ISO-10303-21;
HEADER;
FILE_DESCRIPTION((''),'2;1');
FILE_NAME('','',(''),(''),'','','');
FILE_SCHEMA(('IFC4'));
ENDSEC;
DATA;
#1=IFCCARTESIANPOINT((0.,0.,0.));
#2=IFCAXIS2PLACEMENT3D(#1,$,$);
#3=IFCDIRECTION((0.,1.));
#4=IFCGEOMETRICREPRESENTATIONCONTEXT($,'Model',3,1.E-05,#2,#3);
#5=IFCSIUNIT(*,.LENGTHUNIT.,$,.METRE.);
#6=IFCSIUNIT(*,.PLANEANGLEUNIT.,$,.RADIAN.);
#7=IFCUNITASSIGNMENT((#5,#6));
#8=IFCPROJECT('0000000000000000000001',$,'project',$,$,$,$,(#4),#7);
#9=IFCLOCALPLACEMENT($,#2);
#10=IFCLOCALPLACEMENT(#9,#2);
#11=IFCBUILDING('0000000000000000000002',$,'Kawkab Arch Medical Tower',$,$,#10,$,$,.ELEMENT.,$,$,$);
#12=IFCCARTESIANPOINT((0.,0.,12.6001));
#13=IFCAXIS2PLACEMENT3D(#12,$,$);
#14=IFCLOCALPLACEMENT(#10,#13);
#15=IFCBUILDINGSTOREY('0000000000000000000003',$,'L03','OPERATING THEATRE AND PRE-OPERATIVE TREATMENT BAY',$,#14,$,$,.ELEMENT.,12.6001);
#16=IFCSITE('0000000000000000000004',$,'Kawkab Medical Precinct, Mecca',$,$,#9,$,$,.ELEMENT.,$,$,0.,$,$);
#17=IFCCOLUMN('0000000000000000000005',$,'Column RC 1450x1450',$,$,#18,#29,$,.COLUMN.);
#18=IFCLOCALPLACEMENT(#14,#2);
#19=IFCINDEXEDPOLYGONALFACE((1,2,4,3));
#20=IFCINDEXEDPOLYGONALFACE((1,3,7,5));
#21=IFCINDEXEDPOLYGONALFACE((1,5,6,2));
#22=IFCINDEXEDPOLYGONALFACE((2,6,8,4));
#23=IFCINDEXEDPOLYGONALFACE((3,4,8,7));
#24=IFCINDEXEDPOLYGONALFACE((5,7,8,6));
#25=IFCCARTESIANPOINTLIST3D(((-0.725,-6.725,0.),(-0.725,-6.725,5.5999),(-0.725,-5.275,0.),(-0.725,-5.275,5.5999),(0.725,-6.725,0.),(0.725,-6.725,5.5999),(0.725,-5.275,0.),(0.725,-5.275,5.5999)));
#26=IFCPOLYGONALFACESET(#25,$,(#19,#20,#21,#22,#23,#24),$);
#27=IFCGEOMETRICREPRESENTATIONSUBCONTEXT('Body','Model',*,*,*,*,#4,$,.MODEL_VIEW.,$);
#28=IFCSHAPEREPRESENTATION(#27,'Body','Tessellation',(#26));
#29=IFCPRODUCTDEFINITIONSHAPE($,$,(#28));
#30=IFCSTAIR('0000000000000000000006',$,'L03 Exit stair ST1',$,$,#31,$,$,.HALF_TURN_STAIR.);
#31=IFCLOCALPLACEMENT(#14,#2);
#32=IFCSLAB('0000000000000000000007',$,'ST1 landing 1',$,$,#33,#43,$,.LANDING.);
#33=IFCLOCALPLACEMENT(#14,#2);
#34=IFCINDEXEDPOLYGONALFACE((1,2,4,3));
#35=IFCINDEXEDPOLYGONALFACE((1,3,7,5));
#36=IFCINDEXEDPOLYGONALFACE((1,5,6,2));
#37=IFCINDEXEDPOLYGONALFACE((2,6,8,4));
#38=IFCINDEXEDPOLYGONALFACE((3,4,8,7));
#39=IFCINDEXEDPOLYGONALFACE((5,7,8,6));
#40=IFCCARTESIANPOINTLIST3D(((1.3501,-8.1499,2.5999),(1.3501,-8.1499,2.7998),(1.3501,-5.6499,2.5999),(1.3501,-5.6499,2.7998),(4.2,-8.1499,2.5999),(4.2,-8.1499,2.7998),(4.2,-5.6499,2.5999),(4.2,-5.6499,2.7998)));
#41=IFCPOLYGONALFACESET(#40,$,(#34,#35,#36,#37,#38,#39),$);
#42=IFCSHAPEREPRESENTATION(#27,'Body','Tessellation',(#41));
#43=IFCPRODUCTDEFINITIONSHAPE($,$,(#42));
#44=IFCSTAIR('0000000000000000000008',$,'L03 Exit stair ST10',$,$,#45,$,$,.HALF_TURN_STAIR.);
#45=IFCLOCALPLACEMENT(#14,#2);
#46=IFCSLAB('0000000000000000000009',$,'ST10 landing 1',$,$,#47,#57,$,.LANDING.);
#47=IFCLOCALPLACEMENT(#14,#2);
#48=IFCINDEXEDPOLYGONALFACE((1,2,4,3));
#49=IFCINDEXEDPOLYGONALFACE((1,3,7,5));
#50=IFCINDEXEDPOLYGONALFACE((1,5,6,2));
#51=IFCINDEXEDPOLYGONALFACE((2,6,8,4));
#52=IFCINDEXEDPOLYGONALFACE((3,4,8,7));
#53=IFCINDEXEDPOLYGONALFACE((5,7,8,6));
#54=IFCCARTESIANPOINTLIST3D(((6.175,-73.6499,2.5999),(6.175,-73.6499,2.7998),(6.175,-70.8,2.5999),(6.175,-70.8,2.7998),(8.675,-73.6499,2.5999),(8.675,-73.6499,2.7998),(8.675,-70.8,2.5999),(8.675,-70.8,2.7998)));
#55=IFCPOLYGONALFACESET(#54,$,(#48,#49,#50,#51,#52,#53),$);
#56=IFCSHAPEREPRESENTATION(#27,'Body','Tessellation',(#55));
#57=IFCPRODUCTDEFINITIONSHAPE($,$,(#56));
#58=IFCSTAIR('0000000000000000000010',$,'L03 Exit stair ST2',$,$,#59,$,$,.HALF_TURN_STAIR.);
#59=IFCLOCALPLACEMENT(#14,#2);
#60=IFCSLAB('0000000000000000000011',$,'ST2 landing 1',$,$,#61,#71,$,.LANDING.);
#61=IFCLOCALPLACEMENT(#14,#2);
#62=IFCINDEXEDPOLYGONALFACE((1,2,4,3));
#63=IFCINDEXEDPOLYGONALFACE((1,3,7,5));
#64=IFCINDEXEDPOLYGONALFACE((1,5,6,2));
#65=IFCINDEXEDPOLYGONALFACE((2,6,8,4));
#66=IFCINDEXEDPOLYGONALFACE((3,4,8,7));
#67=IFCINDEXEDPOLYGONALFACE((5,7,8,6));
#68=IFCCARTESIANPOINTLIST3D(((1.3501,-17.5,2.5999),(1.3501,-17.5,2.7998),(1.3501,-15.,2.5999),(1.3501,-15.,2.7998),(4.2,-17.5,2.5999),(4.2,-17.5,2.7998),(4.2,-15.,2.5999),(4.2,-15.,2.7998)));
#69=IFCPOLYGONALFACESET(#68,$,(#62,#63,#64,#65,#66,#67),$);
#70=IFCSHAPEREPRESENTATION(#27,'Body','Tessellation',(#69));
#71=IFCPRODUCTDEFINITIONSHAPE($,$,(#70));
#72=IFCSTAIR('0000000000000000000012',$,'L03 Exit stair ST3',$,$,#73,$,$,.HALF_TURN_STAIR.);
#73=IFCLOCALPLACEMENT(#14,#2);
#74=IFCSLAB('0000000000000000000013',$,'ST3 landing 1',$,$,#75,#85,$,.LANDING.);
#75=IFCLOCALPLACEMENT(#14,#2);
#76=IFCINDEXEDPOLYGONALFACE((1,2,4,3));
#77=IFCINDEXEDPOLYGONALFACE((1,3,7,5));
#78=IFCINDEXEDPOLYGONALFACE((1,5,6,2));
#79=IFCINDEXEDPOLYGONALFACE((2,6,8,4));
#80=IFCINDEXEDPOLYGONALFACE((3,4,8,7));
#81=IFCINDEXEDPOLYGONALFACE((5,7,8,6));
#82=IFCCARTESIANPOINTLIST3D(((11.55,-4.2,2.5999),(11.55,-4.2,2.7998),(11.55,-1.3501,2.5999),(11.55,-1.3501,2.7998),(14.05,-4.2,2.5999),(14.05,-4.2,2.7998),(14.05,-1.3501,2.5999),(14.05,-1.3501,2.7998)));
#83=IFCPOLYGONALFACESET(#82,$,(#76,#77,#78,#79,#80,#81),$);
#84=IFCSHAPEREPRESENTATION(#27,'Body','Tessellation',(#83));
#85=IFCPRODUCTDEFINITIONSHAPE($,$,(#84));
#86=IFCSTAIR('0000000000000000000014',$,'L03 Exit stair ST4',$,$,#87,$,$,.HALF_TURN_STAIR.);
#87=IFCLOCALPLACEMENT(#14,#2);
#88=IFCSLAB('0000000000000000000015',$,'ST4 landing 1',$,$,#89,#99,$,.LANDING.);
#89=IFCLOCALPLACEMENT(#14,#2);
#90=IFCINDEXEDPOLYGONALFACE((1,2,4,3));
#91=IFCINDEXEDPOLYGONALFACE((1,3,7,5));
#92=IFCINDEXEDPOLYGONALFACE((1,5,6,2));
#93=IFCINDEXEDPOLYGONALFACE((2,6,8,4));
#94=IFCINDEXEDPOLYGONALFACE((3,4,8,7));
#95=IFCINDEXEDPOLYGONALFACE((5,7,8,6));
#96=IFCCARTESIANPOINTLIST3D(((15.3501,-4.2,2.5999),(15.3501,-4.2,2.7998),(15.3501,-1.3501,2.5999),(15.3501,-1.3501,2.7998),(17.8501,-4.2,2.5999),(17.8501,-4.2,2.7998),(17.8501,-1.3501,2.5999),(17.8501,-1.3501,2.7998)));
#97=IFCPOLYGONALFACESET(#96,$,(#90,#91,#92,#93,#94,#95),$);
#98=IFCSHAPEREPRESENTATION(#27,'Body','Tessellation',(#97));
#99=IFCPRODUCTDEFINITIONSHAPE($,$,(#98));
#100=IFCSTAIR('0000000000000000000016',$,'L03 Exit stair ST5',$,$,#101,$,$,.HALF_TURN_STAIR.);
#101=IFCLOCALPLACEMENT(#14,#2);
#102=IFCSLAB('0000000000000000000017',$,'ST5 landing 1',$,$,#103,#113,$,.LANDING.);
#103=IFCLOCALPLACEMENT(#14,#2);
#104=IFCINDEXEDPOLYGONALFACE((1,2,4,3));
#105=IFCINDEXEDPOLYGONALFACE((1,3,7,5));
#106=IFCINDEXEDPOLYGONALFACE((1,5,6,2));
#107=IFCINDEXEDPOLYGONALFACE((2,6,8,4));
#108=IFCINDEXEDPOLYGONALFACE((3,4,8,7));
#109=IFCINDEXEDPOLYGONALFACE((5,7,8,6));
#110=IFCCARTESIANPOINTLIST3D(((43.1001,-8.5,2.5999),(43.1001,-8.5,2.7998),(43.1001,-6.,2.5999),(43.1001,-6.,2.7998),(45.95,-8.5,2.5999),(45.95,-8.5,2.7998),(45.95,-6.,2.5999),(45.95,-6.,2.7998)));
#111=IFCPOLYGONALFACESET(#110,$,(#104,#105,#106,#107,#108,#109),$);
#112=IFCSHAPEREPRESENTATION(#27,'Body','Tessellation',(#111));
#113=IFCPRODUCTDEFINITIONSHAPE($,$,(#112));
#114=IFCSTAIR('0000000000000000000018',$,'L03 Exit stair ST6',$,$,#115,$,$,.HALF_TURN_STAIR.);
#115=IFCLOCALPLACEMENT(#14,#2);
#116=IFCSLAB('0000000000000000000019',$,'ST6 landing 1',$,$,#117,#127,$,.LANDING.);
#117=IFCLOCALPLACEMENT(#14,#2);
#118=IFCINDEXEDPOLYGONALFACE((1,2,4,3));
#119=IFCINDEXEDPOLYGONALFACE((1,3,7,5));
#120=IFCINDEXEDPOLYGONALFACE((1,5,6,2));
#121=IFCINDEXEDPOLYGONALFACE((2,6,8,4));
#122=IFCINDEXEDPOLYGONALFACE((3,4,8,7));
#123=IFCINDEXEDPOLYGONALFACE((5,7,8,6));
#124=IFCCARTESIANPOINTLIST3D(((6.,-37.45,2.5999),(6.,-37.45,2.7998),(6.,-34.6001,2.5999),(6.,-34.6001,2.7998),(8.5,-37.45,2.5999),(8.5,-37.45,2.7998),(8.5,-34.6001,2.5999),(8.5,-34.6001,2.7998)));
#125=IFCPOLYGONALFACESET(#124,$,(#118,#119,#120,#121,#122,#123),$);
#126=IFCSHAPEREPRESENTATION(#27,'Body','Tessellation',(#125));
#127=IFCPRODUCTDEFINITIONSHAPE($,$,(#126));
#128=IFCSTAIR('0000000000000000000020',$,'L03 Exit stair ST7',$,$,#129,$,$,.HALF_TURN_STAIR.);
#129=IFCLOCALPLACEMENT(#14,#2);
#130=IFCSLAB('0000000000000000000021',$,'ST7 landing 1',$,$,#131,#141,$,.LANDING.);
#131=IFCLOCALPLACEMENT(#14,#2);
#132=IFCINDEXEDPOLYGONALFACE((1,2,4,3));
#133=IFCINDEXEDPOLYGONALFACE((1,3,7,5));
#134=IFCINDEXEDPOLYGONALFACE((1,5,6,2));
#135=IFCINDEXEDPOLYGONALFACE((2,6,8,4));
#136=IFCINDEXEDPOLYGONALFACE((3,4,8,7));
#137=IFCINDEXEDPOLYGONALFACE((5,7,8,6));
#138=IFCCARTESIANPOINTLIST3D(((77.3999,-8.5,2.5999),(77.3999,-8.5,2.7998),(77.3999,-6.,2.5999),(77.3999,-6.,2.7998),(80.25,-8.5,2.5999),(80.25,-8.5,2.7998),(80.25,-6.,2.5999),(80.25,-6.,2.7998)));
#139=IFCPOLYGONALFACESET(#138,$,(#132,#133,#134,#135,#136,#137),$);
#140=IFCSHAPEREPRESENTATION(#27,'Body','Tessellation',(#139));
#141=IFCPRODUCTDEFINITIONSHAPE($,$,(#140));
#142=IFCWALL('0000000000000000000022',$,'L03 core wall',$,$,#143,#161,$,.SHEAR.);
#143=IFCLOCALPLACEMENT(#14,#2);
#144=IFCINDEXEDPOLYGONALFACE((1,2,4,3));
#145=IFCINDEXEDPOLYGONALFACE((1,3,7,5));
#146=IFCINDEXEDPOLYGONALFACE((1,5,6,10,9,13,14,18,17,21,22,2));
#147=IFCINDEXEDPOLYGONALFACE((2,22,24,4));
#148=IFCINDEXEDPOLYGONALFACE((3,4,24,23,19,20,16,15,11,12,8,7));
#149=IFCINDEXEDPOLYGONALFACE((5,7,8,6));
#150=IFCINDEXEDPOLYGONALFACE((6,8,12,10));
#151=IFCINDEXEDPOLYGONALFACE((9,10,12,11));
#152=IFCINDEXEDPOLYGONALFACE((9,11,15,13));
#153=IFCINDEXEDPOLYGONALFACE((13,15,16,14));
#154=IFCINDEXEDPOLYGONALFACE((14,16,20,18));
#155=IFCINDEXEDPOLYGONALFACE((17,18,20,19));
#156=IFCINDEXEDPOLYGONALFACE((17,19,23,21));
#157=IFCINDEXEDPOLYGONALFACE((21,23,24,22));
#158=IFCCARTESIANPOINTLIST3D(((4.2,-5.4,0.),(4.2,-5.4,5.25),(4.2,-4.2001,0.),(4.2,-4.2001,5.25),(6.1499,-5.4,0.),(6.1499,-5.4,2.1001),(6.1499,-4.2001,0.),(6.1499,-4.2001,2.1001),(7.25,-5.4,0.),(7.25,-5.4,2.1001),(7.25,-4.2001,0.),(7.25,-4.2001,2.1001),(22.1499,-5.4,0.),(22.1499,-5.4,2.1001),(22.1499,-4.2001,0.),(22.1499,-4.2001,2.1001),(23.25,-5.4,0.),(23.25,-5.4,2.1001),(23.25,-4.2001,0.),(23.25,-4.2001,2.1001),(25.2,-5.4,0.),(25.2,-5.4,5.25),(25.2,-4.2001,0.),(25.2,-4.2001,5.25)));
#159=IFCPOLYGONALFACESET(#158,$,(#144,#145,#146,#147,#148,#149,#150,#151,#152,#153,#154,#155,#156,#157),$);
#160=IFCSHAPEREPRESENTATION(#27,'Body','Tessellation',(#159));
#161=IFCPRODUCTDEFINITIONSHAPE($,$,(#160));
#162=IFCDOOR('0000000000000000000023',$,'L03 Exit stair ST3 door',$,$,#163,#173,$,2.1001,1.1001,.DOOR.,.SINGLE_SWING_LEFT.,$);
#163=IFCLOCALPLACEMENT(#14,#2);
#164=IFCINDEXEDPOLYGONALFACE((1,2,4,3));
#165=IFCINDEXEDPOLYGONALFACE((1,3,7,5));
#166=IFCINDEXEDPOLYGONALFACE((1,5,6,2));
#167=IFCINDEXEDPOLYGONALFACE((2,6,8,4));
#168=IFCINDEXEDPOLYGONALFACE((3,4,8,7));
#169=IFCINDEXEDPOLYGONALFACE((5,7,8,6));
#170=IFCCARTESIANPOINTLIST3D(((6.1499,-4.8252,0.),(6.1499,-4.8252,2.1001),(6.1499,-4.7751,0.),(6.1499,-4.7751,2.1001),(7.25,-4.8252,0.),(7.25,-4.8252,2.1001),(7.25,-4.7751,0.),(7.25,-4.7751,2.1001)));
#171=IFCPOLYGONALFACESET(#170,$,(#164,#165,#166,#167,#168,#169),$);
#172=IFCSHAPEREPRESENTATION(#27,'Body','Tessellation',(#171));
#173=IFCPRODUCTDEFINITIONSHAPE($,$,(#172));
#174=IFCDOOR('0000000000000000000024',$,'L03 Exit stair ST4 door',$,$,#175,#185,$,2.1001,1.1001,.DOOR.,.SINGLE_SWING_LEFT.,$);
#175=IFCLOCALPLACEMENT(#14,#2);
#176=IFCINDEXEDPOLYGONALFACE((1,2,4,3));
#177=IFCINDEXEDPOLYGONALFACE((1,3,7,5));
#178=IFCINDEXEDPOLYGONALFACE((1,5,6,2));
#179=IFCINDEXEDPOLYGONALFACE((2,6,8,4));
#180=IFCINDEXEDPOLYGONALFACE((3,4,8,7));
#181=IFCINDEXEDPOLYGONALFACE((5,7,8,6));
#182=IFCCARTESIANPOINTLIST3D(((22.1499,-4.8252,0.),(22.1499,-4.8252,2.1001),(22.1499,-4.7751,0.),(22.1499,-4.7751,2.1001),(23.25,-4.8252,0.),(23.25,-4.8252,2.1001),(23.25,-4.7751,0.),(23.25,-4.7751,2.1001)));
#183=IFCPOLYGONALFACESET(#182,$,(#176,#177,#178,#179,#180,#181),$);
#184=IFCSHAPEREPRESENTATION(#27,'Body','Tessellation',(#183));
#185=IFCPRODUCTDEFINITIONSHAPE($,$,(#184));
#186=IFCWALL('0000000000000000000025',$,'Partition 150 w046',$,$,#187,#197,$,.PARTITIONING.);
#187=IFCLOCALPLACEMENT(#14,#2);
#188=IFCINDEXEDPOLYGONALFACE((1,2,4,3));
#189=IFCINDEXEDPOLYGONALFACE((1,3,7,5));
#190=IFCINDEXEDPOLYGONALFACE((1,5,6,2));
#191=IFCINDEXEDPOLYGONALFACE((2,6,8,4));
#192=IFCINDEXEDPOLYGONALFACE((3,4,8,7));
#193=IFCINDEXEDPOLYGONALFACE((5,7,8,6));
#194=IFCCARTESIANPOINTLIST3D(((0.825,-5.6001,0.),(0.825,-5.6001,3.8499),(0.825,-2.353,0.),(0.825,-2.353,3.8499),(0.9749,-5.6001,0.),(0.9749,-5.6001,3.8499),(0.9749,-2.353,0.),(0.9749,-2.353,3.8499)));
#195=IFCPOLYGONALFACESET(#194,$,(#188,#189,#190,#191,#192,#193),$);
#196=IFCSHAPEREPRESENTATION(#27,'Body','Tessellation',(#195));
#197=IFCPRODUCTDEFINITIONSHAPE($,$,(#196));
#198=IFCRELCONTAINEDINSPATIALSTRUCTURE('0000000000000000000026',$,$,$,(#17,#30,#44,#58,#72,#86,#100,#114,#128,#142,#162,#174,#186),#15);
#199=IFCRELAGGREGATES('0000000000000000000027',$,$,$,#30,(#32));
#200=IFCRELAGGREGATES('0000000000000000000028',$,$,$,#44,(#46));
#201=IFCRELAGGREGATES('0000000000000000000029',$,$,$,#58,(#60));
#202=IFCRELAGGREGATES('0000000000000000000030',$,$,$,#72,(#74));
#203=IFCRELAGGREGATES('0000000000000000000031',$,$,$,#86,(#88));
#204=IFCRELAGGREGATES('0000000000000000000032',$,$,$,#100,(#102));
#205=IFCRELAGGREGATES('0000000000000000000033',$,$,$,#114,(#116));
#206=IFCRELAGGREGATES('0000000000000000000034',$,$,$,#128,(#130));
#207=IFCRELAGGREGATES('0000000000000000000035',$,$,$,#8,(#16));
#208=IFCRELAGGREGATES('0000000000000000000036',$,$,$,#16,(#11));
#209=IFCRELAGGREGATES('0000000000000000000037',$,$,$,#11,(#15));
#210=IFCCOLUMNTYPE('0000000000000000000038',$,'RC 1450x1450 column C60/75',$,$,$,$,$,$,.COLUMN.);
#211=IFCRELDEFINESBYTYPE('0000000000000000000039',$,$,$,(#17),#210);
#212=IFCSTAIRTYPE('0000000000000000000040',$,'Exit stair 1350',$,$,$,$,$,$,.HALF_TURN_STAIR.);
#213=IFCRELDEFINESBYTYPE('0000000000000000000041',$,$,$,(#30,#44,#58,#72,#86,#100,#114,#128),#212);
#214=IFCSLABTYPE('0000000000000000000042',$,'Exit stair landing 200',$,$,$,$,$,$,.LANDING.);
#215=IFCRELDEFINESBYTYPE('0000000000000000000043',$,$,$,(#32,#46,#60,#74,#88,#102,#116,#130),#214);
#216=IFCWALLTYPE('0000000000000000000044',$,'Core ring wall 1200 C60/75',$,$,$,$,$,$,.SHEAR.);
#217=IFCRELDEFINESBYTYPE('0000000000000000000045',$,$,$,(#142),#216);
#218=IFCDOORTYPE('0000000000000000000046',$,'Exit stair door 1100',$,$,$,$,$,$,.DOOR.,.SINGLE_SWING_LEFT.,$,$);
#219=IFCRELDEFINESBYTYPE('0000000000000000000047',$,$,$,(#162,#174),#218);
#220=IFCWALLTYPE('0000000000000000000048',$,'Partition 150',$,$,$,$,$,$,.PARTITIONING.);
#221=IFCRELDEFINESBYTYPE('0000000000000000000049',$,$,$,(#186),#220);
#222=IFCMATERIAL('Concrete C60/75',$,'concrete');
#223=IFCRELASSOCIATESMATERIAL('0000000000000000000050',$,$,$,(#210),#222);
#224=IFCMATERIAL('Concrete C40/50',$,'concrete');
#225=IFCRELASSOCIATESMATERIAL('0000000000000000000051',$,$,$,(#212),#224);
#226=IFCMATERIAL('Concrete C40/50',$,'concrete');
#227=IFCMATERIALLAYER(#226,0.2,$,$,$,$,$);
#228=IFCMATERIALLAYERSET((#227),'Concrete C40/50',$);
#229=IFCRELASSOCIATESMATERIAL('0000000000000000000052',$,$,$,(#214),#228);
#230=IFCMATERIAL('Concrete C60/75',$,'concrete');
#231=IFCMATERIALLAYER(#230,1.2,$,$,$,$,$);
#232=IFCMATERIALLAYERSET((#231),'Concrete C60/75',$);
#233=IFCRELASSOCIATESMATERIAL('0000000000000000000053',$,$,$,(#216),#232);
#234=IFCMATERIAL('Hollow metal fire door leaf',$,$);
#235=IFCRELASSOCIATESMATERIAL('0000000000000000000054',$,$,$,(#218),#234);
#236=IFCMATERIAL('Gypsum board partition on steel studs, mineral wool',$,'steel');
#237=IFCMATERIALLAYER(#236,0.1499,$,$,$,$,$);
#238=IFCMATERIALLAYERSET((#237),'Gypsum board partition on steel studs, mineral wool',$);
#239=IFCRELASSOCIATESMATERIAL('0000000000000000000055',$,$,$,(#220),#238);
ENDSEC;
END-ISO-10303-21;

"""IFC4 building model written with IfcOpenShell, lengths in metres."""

from ifc_helpers import new_model, si_unit, direction, frame, frame_2d, origin, origin_2d, place, context, subcontext, project, spatial, polyline, rectangle, outline, extrude, material, layer, layer_set, material_profile, profile_set, type_object, element, fill, aggregate, save


model = new_model("IFC4")

# Units and contexts
model_context = context("Model", 3, precision=1e-05, world=origin(), true_north=direction((0.0, 1.0)))
body_context = subcontext(model_context, "Body", "Model", "MODEL_VIEW")
ifc_project = project(units=[si_unit("LENGTHUNIT", "METRE"), si_unit("PLANEANGLEUNIT", "RADIAN")], contexts=[model_context])

# Site, building, storey
site_placement = place(None, origin())
site = spatial("IfcSite", under=ifc_project, at=site_placement, Name="Kawkab Medical Precinct, Mecca", CompositionType="ELEMENT", RefElevation=0.0)
building_placement = place(site_placement, origin())
building = spatial("IfcBuilding", under=site, at=building_placement, Name="Kawkab Arch Medical Tower", CompositionType="ELEMENT")
storey_placement = place(building_placement, frame((0.0, 0.0, 12.6001)))
storey = spatial("IfcBuildingStorey", under=building, at=storey_placement, Name="L03", Description="OPERATING THEATRE AND PRE-OPERATIVE TREATMENT BAY", CompositionType="ELEMENT", Elevation=12.6001)

# Column
ifc_material_1 = material(Name="Concrete C60/75", Category="concrete")
ifc_material_profile = material_profile(ifc_material_1, rectangle(XDim=1.45, YDim=1.45, at=origin_2d()), Name="RC 1450x1450")
ifc_profile_set = profile_set([ifc_material_profile], Name="Concrete C60/75")
column_type = type_object("IfcColumnType", Name="RC 1450x1450 column C60/75", PredefinedType="COLUMN", material=ifc_profile_set)
column_placement = place(storey_placement, frame((0.0, -6.0, 0.0), z_axis=(0.0, 0.0, 1.0), x_axis=(1.0, 0.0, 0.0)))
element("IfcColumn", 1, at=column_placement, inside=storey, type_object=column_type, Name="Column RC 1450x1450", PredefinedType="COLUMN", context=body_context, shape_type="SweptSolid", body=[
    extrude(rectangle(XDim=1.45, YDim=1.45, at=origin_2d()), origin(), (0.0, 0.0, 1.0), 5.5999),
])

# Stairs, slabs
ifc_material_2 = material(Name="Concrete C40/50", Category="concrete")
stair_type = type_object("IfcStairType", Name="Exit stair 1350", PredefinedType="HALF_TURN_STAIR", material=ifc_material_2)
placement_1 = place(storey_placement, origin())
stair_1 = element("IfcStair", 2, at=placement_1, inside=storey, type_object=stair_type, Name="L03 Exit stair ST1", PredefinedType="HALF_TURN_STAIR")
ifc_material_3 = material(Name="Concrete C40/50", Category="concrete")
ifc_layer_1 = layer(ifc_material_3, 0.2)
ifc_layer_set_1 = layer_set([ifc_layer_1], Name="Concrete C40/50")
slab_type = type_object("IfcSlabType", Name="Exit stair landing 200", PredefinedType="LANDING", material=ifc_layer_set_1)
placement_2 = place(storey_placement, frame((0.0, 0.0, 2.5999)))
slab_1 = element("IfcSlab", 3, at=placement_2, type_object=slab_type, Name="ST1 landing 1", PredefinedType="LANDING", context=body_context, shape_type="SweptSolid", body=[
    extrude(outline(polyline([(4.2, -8.1499), (4.2, -5.6499), (1.3501, -5.6499), (1.3501, -8.1499), (4.2, -8.1499)])), origin(), (0.0, 0.0, 1.0), 0.2),
])
aggregate(stair_1, [slab_1])
stair_2 = element("IfcStair", 4, at=placement_1, inside=storey, type_object=stair_type, Name="L03 Exit stair ST10", PredefinedType="HALF_TURN_STAIR")
slab_2 = element("IfcSlab", 5, at=placement_2, type_object=slab_type, Name="ST10 landing 1", PredefinedType="LANDING", context=body_context, shape_type="SweptSolid", body=[
    extrude(outline(polyline([(6.175, -73.6499), (8.675, -73.6499), (8.675, -70.8), (6.175, -70.8), (6.175, -73.6499)])), origin(), (0.0, 0.0, 1.0), 0.2),
])
aggregate(stair_2, [slab_2])
stair_3 = element("IfcStair", 6, at=placement_1, inside=storey, type_object=stair_type, Name="L03 Exit stair ST2", PredefinedType="HALF_TURN_STAIR")
slab_3 = element("IfcSlab", 7, at=placement_2, type_object=slab_type, Name="ST2 landing 1", PredefinedType="LANDING", context=body_context, shape_type="SweptSolid", body=[
    extrude(outline(polyline([(4.2, -17.5), (4.2, -15.0), (1.3501, -15.0), (1.3501, -17.5), (4.2, -17.5)])), origin(), (0.0, 0.0, 1.0), 0.2),
])
aggregate(stair_3, [slab_3])
stair_4 = element("IfcStair", 8, at=placement_1, inside=storey, type_object=stair_type, Name="L03 Exit stair ST3", PredefinedType="HALF_TURN_STAIR")
slab_4 = element("IfcSlab", 9, at=placement_2, type_object=slab_type, Name="ST3 landing 1", PredefinedType="LANDING", context=body_context, shape_type="SweptSolid", body=[
    extrude(outline(polyline([(11.55, -4.2), (14.05, -4.2), (14.05, -1.3501), (11.55, -1.3501), (11.55, -4.2)])), origin(), (0.0, 0.0, 1.0), 0.2),
])
aggregate(stair_4, [slab_4])
stair_5 = element("IfcStair", 10, at=placement_1, inside=storey, type_object=stair_type, Name="L03 Exit stair ST4", PredefinedType="HALF_TURN_STAIR")
slab_5 = element("IfcSlab", 11, at=placement_2, type_object=slab_type, Name="ST4 landing 1", PredefinedType="LANDING", context=body_context, shape_type="SweptSolid", body=[
    extrude(outline(polyline([(17.8501, -1.3501), (15.3501, -1.3501), (15.3501, -4.2), (17.8501, -4.2), (17.8501, -1.3501)])), origin(), (0.0, 0.0, 1.0), 0.2),
])
aggregate(stair_5, [slab_5])
stair_6 = element("IfcStair", 12, at=placement_1, inside=storey, type_object=stair_type, Name="L03 Exit stair ST5", PredefinedType="HALF_TURN_STAIR")
slab_6 = element("IfcSlab", 13, at=placement_2, type_object=slab_type, Name="ST5 landing 1", PredefinedType="LANDING", context=body_context, shape_type="SweptSolid", body=[
    extrude(outline(polyline([(43.1001, -6.0), (43.1001, -8.5), (45.95, -8.5), (45.95, -6.0), (43.1001, -6.0)])), origin(), (0.0, 0.0, 1.0), 0.2),
])
aggregate(stair_6, [slab_6])
stair_7 = element("IfcStair", 14, at=placement_1, inside=storey, type_object=stair_type, Name="L03 Exit stair ST6", PredefinedType="HALF_TURN_STAIR")
slab_7 = element("IfcSlab", 15, at=placement_2, type_object=slab_type, Name="ST6 landing 1", PredefinedType="LANDING", context=body_context, shape_type="SweptSolid", body=[
    extrude(outline(polyline([(6.0, -37.45), (8.5, -37.45), (8.5, -34.6001), (6.0, -34.6001), (6.0, -37.45)])), origin(), (0.0, 0.0, 1.0), 0.2),
])
aggregate(stair_7, [slab_7])
stair_8 = element("IfcStair", 16, at=placement_1, inside=storey, type_object=stair_type, Name="L03 Exit stair ST7", PredefinedType="HALF_TURN_STAIR")
slab_8 = element("IfcSlab", 17, at=placement_2, type_object=slab_type, Name="ST7 landing 1", PredefinedType="LANDING", context=body_context, shape_type="SweptSolid", body=[
    extrude(outline(polyline([(77.3999, -6.0), (77.3999, -8.5), (80.25, -8.5), (80.25, -6.0), (77.3999, -6.0)])), origin(), (0.0, 0.0, 1.0), 0.2),
])
aggregate(stair_8, [slab_8])

# Wall, openings, doors
ifc_material_4 = material(Name="Concrete C60/75", Category="concrete")
ifc_layer_2 = layer(ifc_material_4, 1.2)
ifc_layer_set_2 = layer_set([ifc_layer_2], Name="Concrete C60/75")
wall_type_1 = type_object("IfcWallType", Name="Core ring wall 1200 C60/75", PredefinedType="SHEAR", material=ifc_layer_set_2)
wall_1_placement = place(storey_placement, frame((4.2, -4.8, 0.0), z_axis=(0.0, 0.0, 1.0), x_axis=(1.0, 0.0, 0.0)))
wall_1 = element("IfcWall", 18, at=wall_1_placement, inside=storey, type_object=wall_type_1, Name="L03 core wall", PredefinedType="SHEAR", context=body_context, shape_type="SweptSolid", body=[
    extrude(rectangle(XDim=21.0, YDim=1.2, at=frame_2d((10.5, 0.0))), origin(), (0.0, 0.0, 1.0), 5.25),
])
opening_1_placement = place(wall_1_placement, frame((1.95, 0.0, 0.0)))
opening_1 = element("IfcOpeningElement", 19, at=opening_1_placement, cuts=wall_1, PredefinedType="OPENING", context=body_context, shape_type="SweptSolid", body=[
    extrude(rectangle(XDim=1.1001, YDim=2.1001, at=frame_2d((0.55, 1.05))), frame((0.0, 0.6099, 0.0), z_axis=(0.0, -1.0, 0.0), x_axis=(1.0, 0.0, 0.0)), (0.0, 0.0, 1.0), 1.22),
])
opening_2_placement = place(wall_1_placement, frame((17.95, 0.0, 0.0)))
opening_2 = element("IfcOpeningElement", 20, at=opening_2_placement, cuts=wall_1, PredefinedType="OPENING", context=body_context, shape_type="SweptSolid", body=[
    extrude(rectangle(XDim=1.1001, YDim=2.1001, at=frame_2d((0.55, 1.05))), frame((0.0, 0.6099, 0.0), z_axis=(0.0, -1.0, 0.0), x_axis=(1.0, 0.0, 0.0)), (0.0, 0.0, 1.0), 1.22),
])
ifc_material_5 = material(Name="Hollow metal fire door leaf")
door_type = type_object("IfcDoorType", Name="Exit stair door 1100", OperationType="SINGLE_SWING_LEFT", PredefinedType="DOOR", material=ifc_material_5)
door_1_placement = place(opening_1_placement, origin())
door_1 = element("IfcDoor", 21, at=door_1_placement, inside=storey, type_object=door_type, Name="L03 Exit stair ST3 door", OperationType="SINGLE_SWING_LEFT", OverallHeight=2.1001, OverallWidth=1.1001, PredefinedType="DOOR", context=body_context, shape_type="SweptSolid", body=[
    extrude(rectangle(XDim=1.1001, YDim=2.1001, at=frame_2d((0.55, 1.05))), frame((0.0, 0.0249, 0.0), z_axis=(0.0, -1.0, 0.0), x_axis=(1.0, 0.0, 0.0)), (0.0, 0.0, 1.0), 0.05),
])
fill(opening_1, door_1)
door_2_placement = place(opening_2_placement, origin())
door_2 = element("IfcDoor", 22, at=door_2_placement, inside=storey, type_object=door_type, Name="L03 Exit stair ST4 door", OperationType="SINGLE_SWING_LEFT", OverallHeight=2.1001, OverallWidth=1.1001, PredefinedType="DOOR", context=body_context, shape_type="SweptSolid", body=[
    extrude(rectangle(XDim=1.1001, YDim=2.1001, at=frame_2d((0.55, 1.05))), frame((0.0, 0.0249, 0.0), z_axis=(0.0, -1.0, 0.0), x_axis=(1.0, 0.0, 0.0)), (0.0, 0.0, 1.0), 0.05),
])
fill(opening_2, door_2)

# Wall
ifc_material_6 = material(Name="Gypsum board partition on steel studs, mineral wool", Category="steel")
ifc_layer_3 = layer(ifc_material_6, 0.1499)
ifc_layer_set_3 = layer_set([ifc_layer_3], Name="Gypsum board partition on steel studs, mineral wool")
wall_type_2 = type_object("IfcWallType", Name="Partition 150", PredefinedType="PARTITIONING", material=ifc_layer_set_3)
wall_2_placement = place(storey_placement, frame((0.8999, -5.6001, 0.0), z_axis=(0.0, 0.0, 1.0), x_axis=(0.0, 1.0, 0.0)))
element("IfcWall", 23, at=wall_2_placement, inside=storey, type_object=wall_type_2, Name="Partition 150 w046", PredefinedType="PARTITIONING", context=body_context, shape_type="SweptSolid", body=[
    extrude(rectangle(XDim=3.2471, YDim=0.1499, at=frame_2d((1.6235, 0.0))), origin(), (0.0, 0.0, 1.0), 3.8499),
])

save(model, "model.ifc")
